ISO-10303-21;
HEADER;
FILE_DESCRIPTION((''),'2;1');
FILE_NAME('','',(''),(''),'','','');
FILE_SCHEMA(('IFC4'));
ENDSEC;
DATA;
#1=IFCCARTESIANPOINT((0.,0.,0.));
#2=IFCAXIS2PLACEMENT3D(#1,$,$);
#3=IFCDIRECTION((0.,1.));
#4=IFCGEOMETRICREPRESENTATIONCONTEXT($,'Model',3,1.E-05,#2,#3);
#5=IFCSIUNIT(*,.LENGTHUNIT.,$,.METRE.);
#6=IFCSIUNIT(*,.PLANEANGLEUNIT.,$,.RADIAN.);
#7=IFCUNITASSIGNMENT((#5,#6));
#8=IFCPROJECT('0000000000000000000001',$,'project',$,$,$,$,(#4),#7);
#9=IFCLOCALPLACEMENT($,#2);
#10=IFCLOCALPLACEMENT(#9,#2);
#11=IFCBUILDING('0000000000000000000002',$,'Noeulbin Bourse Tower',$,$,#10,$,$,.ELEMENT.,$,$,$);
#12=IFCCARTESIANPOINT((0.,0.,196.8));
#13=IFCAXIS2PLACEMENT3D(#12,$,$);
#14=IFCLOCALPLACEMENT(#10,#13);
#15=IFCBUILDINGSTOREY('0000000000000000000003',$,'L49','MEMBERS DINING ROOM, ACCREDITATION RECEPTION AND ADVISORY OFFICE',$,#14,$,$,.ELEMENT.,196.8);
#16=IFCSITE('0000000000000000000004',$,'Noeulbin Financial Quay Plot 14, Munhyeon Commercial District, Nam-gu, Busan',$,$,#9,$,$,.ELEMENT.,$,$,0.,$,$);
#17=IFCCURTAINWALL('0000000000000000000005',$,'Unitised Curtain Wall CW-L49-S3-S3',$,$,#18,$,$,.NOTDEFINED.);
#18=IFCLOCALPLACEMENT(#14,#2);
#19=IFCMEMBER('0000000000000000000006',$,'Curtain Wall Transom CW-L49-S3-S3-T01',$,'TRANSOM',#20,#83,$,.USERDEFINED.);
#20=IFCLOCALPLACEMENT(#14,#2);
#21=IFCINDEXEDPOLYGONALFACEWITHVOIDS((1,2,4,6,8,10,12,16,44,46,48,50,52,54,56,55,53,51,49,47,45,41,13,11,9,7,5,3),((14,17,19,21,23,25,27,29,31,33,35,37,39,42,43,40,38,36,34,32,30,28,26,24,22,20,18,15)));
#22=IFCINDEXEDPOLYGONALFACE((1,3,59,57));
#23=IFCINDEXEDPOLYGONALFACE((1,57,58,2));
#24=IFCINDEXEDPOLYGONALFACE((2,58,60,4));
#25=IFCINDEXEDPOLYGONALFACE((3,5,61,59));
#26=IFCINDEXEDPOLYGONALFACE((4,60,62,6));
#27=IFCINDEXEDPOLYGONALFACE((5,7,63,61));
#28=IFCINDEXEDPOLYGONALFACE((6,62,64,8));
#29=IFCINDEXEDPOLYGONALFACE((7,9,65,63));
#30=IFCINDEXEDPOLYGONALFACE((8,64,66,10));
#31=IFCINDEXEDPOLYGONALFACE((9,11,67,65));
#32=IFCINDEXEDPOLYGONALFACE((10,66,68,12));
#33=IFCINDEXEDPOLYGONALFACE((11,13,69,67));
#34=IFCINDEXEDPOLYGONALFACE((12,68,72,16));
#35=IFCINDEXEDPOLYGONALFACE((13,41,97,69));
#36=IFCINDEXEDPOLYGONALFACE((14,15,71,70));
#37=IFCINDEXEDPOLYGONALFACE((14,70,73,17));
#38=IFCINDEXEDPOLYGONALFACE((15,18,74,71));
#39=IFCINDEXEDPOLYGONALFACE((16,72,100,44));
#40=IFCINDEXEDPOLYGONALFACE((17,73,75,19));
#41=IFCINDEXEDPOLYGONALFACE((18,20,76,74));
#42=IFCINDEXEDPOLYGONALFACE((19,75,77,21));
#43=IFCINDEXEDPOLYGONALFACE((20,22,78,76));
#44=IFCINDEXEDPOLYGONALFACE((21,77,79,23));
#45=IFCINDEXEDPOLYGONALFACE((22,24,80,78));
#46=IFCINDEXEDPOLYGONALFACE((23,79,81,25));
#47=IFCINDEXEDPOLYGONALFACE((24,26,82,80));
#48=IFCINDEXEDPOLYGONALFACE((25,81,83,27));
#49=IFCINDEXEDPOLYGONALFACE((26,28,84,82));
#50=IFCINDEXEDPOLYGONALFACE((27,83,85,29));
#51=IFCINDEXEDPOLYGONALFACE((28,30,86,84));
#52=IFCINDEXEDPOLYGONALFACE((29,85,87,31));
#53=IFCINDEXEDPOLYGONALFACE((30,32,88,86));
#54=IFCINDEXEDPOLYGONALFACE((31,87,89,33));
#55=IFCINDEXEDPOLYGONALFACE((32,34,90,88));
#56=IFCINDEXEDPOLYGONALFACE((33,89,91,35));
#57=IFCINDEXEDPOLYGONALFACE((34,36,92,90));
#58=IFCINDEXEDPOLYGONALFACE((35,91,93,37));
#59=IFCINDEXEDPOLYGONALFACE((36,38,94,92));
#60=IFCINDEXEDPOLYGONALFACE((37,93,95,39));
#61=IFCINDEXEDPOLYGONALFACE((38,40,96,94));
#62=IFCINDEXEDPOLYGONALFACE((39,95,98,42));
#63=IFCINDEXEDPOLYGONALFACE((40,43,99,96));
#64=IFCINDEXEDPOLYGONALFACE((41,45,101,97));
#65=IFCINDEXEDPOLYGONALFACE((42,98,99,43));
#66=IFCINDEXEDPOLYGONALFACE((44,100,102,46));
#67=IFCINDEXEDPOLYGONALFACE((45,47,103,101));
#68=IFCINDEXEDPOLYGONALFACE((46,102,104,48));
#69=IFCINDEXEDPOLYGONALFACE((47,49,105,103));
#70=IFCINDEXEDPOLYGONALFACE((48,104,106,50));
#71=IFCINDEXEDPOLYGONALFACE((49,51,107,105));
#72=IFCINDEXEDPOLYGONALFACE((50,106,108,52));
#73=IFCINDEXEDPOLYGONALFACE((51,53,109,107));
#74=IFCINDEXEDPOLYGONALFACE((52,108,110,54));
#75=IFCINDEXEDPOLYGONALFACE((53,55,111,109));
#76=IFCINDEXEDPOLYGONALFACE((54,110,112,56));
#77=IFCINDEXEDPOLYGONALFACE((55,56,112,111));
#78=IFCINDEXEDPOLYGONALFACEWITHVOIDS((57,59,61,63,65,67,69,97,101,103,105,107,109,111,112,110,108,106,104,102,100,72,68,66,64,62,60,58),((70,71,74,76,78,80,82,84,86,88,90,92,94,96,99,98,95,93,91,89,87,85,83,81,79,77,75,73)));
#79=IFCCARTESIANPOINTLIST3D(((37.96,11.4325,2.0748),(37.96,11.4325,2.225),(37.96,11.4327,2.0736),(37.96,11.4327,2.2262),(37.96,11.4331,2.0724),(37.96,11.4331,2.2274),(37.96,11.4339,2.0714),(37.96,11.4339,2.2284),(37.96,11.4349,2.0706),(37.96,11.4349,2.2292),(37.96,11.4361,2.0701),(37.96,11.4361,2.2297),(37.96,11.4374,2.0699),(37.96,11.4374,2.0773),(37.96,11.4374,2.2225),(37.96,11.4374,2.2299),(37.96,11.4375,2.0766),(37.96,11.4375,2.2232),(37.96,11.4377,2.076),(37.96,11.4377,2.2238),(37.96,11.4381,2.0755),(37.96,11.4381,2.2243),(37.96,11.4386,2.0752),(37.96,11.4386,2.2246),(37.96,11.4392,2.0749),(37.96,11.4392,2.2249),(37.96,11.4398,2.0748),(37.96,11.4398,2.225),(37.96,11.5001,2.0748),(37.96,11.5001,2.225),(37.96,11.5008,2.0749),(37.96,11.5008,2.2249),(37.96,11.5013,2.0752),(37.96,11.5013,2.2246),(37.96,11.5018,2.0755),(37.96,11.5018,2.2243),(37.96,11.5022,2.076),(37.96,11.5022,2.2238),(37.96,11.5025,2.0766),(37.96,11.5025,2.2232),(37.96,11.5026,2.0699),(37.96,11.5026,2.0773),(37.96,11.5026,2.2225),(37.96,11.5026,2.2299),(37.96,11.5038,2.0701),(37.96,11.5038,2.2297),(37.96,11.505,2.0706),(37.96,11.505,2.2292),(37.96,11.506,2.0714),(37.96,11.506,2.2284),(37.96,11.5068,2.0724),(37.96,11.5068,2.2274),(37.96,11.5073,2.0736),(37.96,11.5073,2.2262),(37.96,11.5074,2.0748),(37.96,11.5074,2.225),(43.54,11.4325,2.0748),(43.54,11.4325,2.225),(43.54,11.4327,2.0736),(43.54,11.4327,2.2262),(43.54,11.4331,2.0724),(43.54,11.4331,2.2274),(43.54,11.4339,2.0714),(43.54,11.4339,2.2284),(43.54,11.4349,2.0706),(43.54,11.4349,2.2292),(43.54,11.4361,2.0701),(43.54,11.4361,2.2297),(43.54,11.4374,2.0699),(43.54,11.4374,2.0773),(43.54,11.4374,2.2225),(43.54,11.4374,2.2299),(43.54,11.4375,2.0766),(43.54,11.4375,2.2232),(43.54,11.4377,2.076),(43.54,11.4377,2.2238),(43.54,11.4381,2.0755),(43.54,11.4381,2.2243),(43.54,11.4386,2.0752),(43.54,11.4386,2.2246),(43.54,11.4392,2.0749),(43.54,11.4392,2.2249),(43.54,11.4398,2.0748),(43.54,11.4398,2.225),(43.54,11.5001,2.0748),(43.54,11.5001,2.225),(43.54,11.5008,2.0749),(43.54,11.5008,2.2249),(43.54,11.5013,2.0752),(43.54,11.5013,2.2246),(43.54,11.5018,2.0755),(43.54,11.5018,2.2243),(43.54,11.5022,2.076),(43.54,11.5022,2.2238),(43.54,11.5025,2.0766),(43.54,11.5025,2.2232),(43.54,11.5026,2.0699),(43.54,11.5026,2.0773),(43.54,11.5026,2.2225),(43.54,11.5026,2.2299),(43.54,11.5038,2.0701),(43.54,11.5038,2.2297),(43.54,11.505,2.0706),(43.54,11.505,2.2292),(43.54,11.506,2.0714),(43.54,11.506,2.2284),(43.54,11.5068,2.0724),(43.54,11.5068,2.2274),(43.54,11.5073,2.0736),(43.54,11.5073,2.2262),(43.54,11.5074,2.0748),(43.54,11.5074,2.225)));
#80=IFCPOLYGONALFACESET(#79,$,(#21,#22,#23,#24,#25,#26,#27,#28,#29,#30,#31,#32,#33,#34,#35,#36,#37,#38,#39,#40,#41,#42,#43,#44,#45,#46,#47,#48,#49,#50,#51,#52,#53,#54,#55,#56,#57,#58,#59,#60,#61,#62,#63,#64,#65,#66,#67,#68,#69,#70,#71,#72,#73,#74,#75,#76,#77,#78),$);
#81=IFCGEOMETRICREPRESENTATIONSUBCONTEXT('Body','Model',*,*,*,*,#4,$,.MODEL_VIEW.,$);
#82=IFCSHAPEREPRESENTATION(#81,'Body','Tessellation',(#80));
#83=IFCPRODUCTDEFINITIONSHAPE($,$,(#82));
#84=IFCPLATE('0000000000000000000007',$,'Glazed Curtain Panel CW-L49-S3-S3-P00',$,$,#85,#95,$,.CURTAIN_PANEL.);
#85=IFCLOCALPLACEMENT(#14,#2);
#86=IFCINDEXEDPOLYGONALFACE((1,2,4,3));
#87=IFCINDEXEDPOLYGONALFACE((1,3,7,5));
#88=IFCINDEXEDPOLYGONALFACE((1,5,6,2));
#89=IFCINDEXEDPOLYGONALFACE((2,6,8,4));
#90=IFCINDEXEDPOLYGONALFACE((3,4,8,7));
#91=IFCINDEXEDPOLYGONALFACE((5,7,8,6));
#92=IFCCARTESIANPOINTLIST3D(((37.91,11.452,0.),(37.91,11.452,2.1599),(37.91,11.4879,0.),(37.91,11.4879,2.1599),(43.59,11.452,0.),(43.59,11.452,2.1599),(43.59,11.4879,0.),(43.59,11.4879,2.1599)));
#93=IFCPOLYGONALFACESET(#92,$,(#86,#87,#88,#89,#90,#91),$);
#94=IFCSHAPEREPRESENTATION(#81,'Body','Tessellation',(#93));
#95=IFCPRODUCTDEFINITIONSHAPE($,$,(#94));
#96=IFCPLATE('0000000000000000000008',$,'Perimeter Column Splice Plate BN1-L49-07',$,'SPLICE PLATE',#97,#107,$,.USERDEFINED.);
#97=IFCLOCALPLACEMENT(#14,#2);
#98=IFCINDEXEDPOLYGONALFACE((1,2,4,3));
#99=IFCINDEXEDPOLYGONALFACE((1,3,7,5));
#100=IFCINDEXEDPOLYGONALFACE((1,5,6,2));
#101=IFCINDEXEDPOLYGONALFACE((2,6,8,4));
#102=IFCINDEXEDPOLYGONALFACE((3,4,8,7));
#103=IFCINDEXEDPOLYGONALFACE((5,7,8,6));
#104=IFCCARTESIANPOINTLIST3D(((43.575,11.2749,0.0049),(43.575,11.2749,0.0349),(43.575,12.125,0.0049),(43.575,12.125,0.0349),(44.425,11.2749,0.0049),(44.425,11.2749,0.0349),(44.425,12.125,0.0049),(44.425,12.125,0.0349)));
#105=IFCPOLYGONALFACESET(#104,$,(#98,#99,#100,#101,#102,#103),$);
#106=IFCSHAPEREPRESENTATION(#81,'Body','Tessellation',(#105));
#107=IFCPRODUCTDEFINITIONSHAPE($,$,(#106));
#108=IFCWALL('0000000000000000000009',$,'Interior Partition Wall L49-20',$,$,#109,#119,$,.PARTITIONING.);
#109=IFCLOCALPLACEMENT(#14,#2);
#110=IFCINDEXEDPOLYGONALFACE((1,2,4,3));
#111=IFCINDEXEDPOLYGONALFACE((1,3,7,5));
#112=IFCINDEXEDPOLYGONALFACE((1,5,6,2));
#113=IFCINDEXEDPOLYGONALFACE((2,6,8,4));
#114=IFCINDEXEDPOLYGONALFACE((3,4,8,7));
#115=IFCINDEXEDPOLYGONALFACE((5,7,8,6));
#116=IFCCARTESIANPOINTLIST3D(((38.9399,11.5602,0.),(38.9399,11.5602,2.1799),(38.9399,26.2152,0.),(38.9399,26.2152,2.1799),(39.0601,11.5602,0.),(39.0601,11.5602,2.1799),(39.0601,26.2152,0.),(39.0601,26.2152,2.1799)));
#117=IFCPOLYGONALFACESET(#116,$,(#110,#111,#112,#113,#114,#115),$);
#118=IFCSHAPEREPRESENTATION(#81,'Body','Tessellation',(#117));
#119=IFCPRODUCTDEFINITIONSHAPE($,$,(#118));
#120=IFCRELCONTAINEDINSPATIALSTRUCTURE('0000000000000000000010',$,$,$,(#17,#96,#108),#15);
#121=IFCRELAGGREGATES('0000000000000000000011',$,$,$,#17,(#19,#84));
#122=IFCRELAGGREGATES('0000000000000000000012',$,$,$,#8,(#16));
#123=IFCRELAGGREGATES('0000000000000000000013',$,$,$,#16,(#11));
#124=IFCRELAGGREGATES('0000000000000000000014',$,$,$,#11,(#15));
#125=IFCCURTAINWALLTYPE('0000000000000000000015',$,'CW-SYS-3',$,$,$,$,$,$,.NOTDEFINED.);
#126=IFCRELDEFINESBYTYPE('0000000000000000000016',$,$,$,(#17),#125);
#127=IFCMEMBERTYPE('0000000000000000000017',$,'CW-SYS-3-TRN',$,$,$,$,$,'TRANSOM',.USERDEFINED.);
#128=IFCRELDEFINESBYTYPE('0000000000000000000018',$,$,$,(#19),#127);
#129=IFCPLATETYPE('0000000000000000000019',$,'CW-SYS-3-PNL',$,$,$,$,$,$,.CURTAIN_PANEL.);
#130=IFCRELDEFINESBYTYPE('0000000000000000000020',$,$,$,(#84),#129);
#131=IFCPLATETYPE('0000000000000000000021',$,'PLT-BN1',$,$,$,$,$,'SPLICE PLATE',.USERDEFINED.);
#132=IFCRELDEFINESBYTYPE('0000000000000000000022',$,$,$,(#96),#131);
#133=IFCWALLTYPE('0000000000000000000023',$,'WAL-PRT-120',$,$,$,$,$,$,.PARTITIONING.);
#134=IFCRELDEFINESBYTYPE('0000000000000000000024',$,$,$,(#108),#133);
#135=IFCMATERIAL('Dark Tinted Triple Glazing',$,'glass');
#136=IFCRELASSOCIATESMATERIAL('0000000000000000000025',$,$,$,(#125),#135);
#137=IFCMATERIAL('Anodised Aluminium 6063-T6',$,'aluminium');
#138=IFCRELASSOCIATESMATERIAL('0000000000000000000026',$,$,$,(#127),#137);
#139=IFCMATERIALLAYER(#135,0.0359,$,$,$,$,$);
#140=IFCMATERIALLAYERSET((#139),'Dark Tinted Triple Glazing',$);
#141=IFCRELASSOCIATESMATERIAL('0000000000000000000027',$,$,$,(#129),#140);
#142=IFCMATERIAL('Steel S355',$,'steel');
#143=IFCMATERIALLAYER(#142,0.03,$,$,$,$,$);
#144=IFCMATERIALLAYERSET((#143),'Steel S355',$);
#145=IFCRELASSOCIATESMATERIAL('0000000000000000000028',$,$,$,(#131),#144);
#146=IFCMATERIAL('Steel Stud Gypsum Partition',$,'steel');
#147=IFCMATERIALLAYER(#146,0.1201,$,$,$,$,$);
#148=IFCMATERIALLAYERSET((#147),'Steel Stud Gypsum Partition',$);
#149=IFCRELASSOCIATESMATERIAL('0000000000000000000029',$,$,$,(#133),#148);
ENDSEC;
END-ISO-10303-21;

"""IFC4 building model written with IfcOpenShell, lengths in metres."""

from ifc_helpers import new_model, si_unit, direction, frame, frame_2d, origin, origin_2d, place, context, subcontext, project, spatial, rectangle, hollow_rectangle, extrude, material, layer, layer_set, material_profile, profile_set, type_object, element, aggregate, save


model = new_model("IFC4")

# Units and contexts
model_context = context("Model", 3, precision=1e-05, world=origin(), true_north=direction((0.0, 1.0)))
body_context = subcontext(model_context, "Body", "Model", "MODEL_VIEW")
ifc_project = project(units=[si_unit("LENGTHUNIT", "METRE"), si_unit("PLANEANGLEUNIT", "RADIAN")], contexts=[model_context])

# Site, building, storey
site_placement = place(None, origin())
site = spatial("IfcSite", under=ifc_project, at=site_placement, Name="Noeulbin Financial Quay Plot 14, Munhyeon Commercial District, Nam-gu, Busan", CompositionType="ELEMENT", RefElevation=0.0)
building_placement = place(site_placement, origin())
building = spatial("IfcBuilding", under=site, at=building_placement, Name="Noeulbin Bourse Tower", CompositionType="ELEMENT")
storey_placement = place(building_placement, frame((0.0, 0.0, 196.8)))
storey = spatial("IfcBuildingStorey", under=building, at=storey_placement, Name="L49", Description="MEMBERS DINING ROOM, ACCREDITATION RECEPTION AND ADVISORY OFFICE", CompositionType="ELEMENT", Elevation=196.8)

# Shared definitions
ifc_material_1 = material(Name="Steel S355", Category="steel")

# Curtain wall, member, plate
ifc_material_2 = material(Name="Dark Tinted Triple Glazing", Category="glass")
curtain_wall_type = type_object("IfcCurtainWallType", Name="CW-SYS-3", PredefinedType="NOTDEFINED", material=ifc_material_2)
curtain_wall_placement = place(storey_placement, origin())
curtain_wall = element("IfcCurtainWall", 1, at=curtain_wall_placement, inside=storey, type_object=curtain_wall_type, Name="Unitised Curtain Wall CW-L49-S3-S3", PredefinedType="NOTDEFINED")
ifc_material_3 = material(Name="Anodised Aluminium 6063-T6", Category="aluminium")
ifc_material_profile_1 = material_profile(ifc_material_3, hollow_rectangle(XDim=0.075, YDim=0.1599, WallThickness=0.0049, InnerFilletRadius=0.0024, OuterFilletRadius=0.0049, at=origin_2d()), Name="ALU-TRAN-75x160x5", Category="LoadBearing")
ifc_profile_set_1 = profile_set([ifc_material_profile_1], Name="Anodised Aluminium 6063-T6")
member_type_1 = type_object("IfcMemberType", Name="CW-SYS-3-TRN", ElementType="TRANSOM", PredefinedType="USERDEFINED", material=ifc_profile_set_1)
member_1_placement = place(storey_placement, frame((37.96, 11.47, 2.1499), z_axis=(1.0, 0.0, 0.0), x_axis=(0.0, 1.0, 0.0)))
member_1 = element("IfcMember", 2, at=member_1_placement, type_object=member_type_1, Name="Curtain Wall Transom CW-L49-S3-S3-T01", ObjectType="TRANSOM", PredefinedType="USERDEFINED", context=body_context, shape_type="SweptSolid", body=[
    extrude(hollow_rectangle(XDim=0.075, YDim=0.1599, WallThickness=0.0049, InnerFilletRadius=0.0024, OuterFilletRadius=0.0049, at=origin_2d()), origin(), (0.0, 0.0, 1.0), 5.5801),
])
ifc_layer_1 = layer(ifc_material_2, 0.0359)
ifc_layer_set_1 = layer_set([ifc_layer_1], Name="Dark Tinted Triple Glazing")
plate_type_1 = type_object("IfcPlateType", Name="CW-SYS-3-PNL", PredefinedType="CURTAIN_PANEL", material=ifc_layer_set_1)
plate_1_placement = place(storey_placement, frame((40.75, 11.47, 0.0), z_axis=(0.0, 0.0, 1.0), x_axis=(1.0, 0.0, 0.0)))
plate_1 = element("IfcPlate", 3, at=plate_1_placement, type_object=plate_type_1, Name="Glazed Curtain Panel CW-L49-S3-S3-P00", PredefinedType="CURTAIN_PANEL", context=body_context, shape_type="SweptSolid", body=[
    extrude(rectangle(XDim=5.6799, YDim=0.0359, at=origin_2d()), origin(), (0.0, 0.0, 1.0), 2.1599),
])
aggregate(curtain_wall, [member_1, plate_1])

# Plate
ifc_layer_2 = layer(ifc_material_1, 0.03)
ifc_layer_set_2 = layer_set([ifc_layer_2], Name="Steel S355")
plate_type_2 = type_object("IfcPlateType", Name="PLT-BN1", ElementType="SPLICE PLATE", PredefinedType="USERDEFINED", material=ifc_layer_set_2)
plate_2_placement = place(storey_placement, frame((44.0, 11.7, 0.0049), z_axis=(0.0, 0.0, 1.0), x_axis=(1.0, 0.0, 0.0)))
element("IfcPlate", 4, at=plate_2_placement, inside=storey, type_object=plate_type_2, Name="Perimeter Column Splice Plate BN1-L49-07", ObjectType="SPLICE PLATE", PredefinedType="USERDEFINED", context=body_context, shape_type="SweptSolid", body=[
    extrude(rectangle(XDim=0.8501, YDim=0.8501, at=origin_2d()), origin(), (0.0, 0.0, 1.0), 0.03),
])

# Wall
ifc_material_4 = material(Name="Steel Stud Gypsum Partition", Category="steel")
ifc_layer_3 = layer(ifc_material_4, 0.1201)
ifc_layer_set_3 = layer_set([ifc_layer_3], Name="Steel Stud Gypsum Partition")
wall_type = type_object("IfcWallType", Name="WAL-PRT-120", PredefinedType="PARTITIONING", material=ifc_layer_set_3)
wall_placement = place(storey_placement, frame((39.0, 11.5601, 0.0), z_axis=(0.0, 0.0, 1.0), x_axis=(0.0, 1.0, 0.0)))
element("IfcWall", 5, at=wall_placement, inside=storey, type_object=wall_type, Name="Interior Partition Wall L49-20", PredefinedType="PARTITIONING", context=body_context, shape_type="SweptSolid", body=[
    extrude(rectangle(XDim=14.655, YDim=0.1201, at=frame_2d((7.3276, 0.0))), origin(), (0.0, 0.0, 1.0), 2.1799),
])

save(model, "model.ifc")
